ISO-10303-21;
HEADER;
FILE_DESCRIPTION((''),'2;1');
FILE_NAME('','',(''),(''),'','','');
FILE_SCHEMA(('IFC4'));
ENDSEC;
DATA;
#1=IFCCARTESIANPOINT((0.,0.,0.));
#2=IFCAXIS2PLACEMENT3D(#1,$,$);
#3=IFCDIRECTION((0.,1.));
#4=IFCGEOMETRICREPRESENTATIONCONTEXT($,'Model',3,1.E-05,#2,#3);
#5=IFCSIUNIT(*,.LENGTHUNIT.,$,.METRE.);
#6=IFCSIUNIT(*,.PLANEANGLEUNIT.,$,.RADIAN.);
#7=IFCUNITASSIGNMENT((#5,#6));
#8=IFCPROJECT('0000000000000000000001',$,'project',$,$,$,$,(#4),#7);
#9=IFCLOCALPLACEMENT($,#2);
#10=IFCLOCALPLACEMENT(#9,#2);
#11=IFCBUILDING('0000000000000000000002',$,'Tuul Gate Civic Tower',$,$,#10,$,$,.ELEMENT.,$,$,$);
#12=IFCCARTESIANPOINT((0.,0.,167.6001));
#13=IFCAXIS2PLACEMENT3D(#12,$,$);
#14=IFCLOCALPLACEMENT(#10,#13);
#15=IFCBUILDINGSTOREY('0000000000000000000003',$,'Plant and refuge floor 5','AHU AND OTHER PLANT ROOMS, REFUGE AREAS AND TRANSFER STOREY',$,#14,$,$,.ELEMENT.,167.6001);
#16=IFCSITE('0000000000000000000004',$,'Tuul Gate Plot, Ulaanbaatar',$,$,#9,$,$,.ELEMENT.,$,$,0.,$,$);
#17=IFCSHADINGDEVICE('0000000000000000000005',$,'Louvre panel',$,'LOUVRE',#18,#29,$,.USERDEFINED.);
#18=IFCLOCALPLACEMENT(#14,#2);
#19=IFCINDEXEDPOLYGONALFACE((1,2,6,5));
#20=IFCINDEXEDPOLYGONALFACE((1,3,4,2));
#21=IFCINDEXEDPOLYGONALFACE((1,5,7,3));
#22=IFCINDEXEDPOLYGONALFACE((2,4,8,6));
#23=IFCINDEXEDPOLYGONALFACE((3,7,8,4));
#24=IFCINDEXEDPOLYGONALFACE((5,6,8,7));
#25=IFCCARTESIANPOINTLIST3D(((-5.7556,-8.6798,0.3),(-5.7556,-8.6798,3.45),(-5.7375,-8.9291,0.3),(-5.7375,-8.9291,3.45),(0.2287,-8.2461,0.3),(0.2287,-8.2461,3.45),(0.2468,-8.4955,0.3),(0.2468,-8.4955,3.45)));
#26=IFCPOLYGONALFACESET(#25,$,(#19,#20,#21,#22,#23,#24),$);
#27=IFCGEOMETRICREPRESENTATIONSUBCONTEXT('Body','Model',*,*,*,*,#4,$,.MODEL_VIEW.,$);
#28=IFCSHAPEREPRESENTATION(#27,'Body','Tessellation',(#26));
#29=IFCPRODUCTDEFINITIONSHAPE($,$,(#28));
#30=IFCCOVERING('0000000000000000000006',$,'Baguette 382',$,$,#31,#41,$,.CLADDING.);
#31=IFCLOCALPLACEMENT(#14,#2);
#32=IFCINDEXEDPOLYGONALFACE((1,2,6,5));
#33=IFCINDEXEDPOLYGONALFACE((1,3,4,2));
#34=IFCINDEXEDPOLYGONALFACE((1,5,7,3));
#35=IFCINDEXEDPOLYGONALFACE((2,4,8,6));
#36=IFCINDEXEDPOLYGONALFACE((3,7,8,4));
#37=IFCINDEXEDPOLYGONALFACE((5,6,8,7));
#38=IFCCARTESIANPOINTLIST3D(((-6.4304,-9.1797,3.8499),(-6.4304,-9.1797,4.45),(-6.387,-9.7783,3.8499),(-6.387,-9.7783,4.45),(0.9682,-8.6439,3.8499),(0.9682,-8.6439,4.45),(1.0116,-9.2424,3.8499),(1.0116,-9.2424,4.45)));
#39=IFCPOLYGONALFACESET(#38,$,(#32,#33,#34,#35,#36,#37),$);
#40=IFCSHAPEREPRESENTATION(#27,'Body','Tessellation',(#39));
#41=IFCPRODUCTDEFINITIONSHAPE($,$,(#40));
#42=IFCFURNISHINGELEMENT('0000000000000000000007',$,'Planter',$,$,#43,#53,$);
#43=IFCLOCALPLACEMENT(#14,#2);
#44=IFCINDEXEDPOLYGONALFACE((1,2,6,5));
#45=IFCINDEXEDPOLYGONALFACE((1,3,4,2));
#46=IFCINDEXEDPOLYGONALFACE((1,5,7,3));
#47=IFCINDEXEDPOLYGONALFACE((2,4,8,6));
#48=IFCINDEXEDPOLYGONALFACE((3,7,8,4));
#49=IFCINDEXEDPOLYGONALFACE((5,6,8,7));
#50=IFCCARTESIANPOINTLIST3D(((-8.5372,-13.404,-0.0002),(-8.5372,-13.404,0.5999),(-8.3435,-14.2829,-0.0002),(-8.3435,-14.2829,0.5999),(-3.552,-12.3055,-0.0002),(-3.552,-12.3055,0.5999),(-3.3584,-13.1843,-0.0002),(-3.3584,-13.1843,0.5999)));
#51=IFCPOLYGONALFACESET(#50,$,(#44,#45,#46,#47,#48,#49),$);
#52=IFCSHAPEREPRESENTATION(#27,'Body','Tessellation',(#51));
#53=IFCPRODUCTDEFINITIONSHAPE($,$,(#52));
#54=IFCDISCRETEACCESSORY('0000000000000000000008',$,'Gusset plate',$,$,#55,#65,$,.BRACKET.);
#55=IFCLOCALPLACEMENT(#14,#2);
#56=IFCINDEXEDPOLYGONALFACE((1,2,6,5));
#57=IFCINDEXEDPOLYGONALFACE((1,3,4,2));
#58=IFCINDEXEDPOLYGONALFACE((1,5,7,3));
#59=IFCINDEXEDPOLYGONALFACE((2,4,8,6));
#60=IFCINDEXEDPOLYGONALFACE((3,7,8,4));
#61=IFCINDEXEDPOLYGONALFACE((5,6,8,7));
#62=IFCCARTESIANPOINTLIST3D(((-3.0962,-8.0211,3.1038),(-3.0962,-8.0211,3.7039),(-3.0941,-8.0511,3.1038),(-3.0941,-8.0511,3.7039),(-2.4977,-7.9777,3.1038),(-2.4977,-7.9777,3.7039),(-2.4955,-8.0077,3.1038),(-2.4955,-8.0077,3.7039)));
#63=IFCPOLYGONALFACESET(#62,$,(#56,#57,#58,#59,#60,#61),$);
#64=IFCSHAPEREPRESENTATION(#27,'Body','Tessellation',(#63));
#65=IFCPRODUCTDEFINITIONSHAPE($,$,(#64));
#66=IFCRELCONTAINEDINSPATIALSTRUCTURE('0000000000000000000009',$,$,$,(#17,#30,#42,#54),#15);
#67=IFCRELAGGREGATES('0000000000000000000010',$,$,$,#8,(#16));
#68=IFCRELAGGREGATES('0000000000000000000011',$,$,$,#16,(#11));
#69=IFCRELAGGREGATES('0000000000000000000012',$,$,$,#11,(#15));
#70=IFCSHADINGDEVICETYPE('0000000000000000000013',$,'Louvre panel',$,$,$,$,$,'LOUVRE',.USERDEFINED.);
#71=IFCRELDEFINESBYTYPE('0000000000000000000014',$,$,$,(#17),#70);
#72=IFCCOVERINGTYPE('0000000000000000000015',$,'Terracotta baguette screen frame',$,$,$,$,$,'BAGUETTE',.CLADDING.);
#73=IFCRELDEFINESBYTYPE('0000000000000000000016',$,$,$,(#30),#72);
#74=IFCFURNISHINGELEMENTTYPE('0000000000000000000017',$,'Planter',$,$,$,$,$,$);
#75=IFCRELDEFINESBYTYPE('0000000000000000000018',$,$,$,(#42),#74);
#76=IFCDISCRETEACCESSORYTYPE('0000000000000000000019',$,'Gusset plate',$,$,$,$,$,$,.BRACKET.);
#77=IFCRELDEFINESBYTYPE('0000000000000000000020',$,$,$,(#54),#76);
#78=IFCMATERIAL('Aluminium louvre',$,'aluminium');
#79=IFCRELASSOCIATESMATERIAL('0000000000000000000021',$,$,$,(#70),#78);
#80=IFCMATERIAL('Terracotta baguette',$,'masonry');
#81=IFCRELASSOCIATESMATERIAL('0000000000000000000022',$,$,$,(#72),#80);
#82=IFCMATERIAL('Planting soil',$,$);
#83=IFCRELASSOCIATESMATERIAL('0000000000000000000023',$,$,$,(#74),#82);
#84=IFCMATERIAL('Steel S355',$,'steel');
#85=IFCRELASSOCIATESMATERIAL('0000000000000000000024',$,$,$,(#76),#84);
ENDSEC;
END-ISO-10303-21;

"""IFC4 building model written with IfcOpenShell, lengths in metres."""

from ifc_helpers import new_model, si_unit, direction, frame, origin, origin_2d, place, context, subcontext, project, spatial, rectangle, extrude, material, material_profile, profile_set, type_object, element, save


model = new_model("IFC4")

# Units and contexts
model_context = context("Model", 3, precision=1e-05, world=origin(), true_north=direction((0.0, 1.0)))
body_context = subcontext(model_context, "Body", "Model", "MODEL_VIEW")
ifc_project = project(units=[si_unit("LENGTHUNIT", "METRE"), si_unit("PLANEANGLEUNIT", "RADIAN")], contexts=[model_context])

# Site, building, storey
site_placement = place(None, origin())
site = spatial("IfcSite", under=ifc_project, at=site_placement, Name="Tuul Gate Plot, Ulaanbaatar", CompositionType="ELEMENT", RefElevation=0.0)
building_placement = place(site_placement, origin())
building = spatial("IfcBuilding", under=site, at=building_placement, Name="Tuul Gate Civic Tower", CompositionType="ELEMENT")
storey_placement = place(building_placement, frame((0.0, 0.0, 167.6001)))
storey = spatial("IfcBuildingStorey", under=building, at=storey_placement, Name="Plant and refuge floor 5", Description="AHU AND OTHER PLANT ROOMS, REFUGE AREAS AND TRANSFER STOREY", CompositionType="ELEMENT", Elevation=167.6001)

# Shading device
ifc_material_1 = material(Name="Aluminium louvre", Category="aluminium")
shading_device_type = type_object("IfcShadingDeviceType", Name="Louvre panel", ElementType="LOUVRE", PredefinedType="USERDEFINED", material=ifc_material_1)
for number, where, z_axis, x_axis, name in (
    (1, (-2.7544, -8.5876, 0.3), (0.0, 0.0, 1.0), (0.072276, -0.997385, 0.0), "Louvre panel"),
):
    element("IfcShadingDevice", number, at=place(storey_placement, frame(where, z_axis=z_axis, x_axis=x_axis)), inside=storey, type_object=shading_device_type, Name=name, ObjectType="LOUVRE", PredefinedType="USERDEFINED", context=body_context, shape_type="SweptSolid", body=[
        extrude(rectangle(XDim=0.25, YDim=6.0, at=origin_2d()), origin(), (0.0, 0.0, 1.0), 3.1499),
    ])

# Covering
ifc_material_2 = material(Name="Terracotta baguette", Category="masonry")
ifc_material_profile_1 = material_profile(ifc_material_2, rectangle(XDim=0.6001, YDim=0.6001, at=origin_2d()), Name="Terracotta baguette screen frame")
ifc_profile_set_1 = profile_set([ifc_material_profile_1], Name="Terracotta baguette")
covering_type = type_object("IfcCoveringType", Name="Terracotta baguette screen frame", ElementType="BAGUETTE", PredefinedType="CLADDING", material=ifc_profile_set_1)
covering_placement = place(storey_placement, frame((-6.4087, -9.479, 4.1499), z_axis=(0.997387, 0.072241, 0.0), x_axis=(-0.072241, 0.997387, 0.0)))
element("IfcCovering", 2, at=covering_placement, inside=storey, type_object=covering_type, Name="Baguette 382", PredefinedType="CLADDING", context=body_context, shape_type="SweptSolid", body=[
    extrude(rectangle(XDim=0.6001, YDim=0.6001, at=origin_2d()), origin(), (0.0, 0.0, 1.0), 7.418),
])

# Furnishing element
ifc_material_3 = material(Name="Planting soil")
furnishing_element_type = type_object("IfcFurnishingElementType", Name="Planter", material=ifc_material_3)
furnishing_placement = place(storey_placement, frame((-5.9478, -13.2942, -0.0002), z_axis=(0.0, 0.0, 1.0), x_axis=(0.976571, 0.215195, 0.0)))
element("IfcFurnishingElement", 3, at=furnishing_placement, inside=storey, type_object=furnishing_element_type, Name="Planter", context=body_context, shape_type="SweptSolid", body=[
    extrude(rectangle(XDim=5.1047, YDim=0.8999, at=origin_2d()), origin(), (0.0, 0.0, 1.0), 0.6001),
])

# Discrete accessory
ifc_material_4 = material(Name="Steel S355", Category="steel")
discrete_accessory_type = type_object("IfcDiscreteAccessoryType", Name="Gusset plate", PredefinedType="BRACKET", material=ifc_material_4)
discrete_accessory_placement = place(storey_placement, frame((-2.7959, -8.0144, 3.1038), z_axis=(0.0, 0.0, 1.0), x_axis=(-0.997382, -0.072314, 0.0)))
element("IfcDiscreteAccessory", 4, at=discrete_accessory_placement, inside=storey, type_object=discrete_accessory_type, Name="Gusset plate", PredefinedType="BRACKET", context=body_context, shape_type="SweptSolid", body=[
    extrude(rectangle(XDim=0.6001, YDim=0.03, at=origin_2d()), origin(), (0.0, 0.0, 1.0), 0.6001),
])

save(model, "model.ifc")
